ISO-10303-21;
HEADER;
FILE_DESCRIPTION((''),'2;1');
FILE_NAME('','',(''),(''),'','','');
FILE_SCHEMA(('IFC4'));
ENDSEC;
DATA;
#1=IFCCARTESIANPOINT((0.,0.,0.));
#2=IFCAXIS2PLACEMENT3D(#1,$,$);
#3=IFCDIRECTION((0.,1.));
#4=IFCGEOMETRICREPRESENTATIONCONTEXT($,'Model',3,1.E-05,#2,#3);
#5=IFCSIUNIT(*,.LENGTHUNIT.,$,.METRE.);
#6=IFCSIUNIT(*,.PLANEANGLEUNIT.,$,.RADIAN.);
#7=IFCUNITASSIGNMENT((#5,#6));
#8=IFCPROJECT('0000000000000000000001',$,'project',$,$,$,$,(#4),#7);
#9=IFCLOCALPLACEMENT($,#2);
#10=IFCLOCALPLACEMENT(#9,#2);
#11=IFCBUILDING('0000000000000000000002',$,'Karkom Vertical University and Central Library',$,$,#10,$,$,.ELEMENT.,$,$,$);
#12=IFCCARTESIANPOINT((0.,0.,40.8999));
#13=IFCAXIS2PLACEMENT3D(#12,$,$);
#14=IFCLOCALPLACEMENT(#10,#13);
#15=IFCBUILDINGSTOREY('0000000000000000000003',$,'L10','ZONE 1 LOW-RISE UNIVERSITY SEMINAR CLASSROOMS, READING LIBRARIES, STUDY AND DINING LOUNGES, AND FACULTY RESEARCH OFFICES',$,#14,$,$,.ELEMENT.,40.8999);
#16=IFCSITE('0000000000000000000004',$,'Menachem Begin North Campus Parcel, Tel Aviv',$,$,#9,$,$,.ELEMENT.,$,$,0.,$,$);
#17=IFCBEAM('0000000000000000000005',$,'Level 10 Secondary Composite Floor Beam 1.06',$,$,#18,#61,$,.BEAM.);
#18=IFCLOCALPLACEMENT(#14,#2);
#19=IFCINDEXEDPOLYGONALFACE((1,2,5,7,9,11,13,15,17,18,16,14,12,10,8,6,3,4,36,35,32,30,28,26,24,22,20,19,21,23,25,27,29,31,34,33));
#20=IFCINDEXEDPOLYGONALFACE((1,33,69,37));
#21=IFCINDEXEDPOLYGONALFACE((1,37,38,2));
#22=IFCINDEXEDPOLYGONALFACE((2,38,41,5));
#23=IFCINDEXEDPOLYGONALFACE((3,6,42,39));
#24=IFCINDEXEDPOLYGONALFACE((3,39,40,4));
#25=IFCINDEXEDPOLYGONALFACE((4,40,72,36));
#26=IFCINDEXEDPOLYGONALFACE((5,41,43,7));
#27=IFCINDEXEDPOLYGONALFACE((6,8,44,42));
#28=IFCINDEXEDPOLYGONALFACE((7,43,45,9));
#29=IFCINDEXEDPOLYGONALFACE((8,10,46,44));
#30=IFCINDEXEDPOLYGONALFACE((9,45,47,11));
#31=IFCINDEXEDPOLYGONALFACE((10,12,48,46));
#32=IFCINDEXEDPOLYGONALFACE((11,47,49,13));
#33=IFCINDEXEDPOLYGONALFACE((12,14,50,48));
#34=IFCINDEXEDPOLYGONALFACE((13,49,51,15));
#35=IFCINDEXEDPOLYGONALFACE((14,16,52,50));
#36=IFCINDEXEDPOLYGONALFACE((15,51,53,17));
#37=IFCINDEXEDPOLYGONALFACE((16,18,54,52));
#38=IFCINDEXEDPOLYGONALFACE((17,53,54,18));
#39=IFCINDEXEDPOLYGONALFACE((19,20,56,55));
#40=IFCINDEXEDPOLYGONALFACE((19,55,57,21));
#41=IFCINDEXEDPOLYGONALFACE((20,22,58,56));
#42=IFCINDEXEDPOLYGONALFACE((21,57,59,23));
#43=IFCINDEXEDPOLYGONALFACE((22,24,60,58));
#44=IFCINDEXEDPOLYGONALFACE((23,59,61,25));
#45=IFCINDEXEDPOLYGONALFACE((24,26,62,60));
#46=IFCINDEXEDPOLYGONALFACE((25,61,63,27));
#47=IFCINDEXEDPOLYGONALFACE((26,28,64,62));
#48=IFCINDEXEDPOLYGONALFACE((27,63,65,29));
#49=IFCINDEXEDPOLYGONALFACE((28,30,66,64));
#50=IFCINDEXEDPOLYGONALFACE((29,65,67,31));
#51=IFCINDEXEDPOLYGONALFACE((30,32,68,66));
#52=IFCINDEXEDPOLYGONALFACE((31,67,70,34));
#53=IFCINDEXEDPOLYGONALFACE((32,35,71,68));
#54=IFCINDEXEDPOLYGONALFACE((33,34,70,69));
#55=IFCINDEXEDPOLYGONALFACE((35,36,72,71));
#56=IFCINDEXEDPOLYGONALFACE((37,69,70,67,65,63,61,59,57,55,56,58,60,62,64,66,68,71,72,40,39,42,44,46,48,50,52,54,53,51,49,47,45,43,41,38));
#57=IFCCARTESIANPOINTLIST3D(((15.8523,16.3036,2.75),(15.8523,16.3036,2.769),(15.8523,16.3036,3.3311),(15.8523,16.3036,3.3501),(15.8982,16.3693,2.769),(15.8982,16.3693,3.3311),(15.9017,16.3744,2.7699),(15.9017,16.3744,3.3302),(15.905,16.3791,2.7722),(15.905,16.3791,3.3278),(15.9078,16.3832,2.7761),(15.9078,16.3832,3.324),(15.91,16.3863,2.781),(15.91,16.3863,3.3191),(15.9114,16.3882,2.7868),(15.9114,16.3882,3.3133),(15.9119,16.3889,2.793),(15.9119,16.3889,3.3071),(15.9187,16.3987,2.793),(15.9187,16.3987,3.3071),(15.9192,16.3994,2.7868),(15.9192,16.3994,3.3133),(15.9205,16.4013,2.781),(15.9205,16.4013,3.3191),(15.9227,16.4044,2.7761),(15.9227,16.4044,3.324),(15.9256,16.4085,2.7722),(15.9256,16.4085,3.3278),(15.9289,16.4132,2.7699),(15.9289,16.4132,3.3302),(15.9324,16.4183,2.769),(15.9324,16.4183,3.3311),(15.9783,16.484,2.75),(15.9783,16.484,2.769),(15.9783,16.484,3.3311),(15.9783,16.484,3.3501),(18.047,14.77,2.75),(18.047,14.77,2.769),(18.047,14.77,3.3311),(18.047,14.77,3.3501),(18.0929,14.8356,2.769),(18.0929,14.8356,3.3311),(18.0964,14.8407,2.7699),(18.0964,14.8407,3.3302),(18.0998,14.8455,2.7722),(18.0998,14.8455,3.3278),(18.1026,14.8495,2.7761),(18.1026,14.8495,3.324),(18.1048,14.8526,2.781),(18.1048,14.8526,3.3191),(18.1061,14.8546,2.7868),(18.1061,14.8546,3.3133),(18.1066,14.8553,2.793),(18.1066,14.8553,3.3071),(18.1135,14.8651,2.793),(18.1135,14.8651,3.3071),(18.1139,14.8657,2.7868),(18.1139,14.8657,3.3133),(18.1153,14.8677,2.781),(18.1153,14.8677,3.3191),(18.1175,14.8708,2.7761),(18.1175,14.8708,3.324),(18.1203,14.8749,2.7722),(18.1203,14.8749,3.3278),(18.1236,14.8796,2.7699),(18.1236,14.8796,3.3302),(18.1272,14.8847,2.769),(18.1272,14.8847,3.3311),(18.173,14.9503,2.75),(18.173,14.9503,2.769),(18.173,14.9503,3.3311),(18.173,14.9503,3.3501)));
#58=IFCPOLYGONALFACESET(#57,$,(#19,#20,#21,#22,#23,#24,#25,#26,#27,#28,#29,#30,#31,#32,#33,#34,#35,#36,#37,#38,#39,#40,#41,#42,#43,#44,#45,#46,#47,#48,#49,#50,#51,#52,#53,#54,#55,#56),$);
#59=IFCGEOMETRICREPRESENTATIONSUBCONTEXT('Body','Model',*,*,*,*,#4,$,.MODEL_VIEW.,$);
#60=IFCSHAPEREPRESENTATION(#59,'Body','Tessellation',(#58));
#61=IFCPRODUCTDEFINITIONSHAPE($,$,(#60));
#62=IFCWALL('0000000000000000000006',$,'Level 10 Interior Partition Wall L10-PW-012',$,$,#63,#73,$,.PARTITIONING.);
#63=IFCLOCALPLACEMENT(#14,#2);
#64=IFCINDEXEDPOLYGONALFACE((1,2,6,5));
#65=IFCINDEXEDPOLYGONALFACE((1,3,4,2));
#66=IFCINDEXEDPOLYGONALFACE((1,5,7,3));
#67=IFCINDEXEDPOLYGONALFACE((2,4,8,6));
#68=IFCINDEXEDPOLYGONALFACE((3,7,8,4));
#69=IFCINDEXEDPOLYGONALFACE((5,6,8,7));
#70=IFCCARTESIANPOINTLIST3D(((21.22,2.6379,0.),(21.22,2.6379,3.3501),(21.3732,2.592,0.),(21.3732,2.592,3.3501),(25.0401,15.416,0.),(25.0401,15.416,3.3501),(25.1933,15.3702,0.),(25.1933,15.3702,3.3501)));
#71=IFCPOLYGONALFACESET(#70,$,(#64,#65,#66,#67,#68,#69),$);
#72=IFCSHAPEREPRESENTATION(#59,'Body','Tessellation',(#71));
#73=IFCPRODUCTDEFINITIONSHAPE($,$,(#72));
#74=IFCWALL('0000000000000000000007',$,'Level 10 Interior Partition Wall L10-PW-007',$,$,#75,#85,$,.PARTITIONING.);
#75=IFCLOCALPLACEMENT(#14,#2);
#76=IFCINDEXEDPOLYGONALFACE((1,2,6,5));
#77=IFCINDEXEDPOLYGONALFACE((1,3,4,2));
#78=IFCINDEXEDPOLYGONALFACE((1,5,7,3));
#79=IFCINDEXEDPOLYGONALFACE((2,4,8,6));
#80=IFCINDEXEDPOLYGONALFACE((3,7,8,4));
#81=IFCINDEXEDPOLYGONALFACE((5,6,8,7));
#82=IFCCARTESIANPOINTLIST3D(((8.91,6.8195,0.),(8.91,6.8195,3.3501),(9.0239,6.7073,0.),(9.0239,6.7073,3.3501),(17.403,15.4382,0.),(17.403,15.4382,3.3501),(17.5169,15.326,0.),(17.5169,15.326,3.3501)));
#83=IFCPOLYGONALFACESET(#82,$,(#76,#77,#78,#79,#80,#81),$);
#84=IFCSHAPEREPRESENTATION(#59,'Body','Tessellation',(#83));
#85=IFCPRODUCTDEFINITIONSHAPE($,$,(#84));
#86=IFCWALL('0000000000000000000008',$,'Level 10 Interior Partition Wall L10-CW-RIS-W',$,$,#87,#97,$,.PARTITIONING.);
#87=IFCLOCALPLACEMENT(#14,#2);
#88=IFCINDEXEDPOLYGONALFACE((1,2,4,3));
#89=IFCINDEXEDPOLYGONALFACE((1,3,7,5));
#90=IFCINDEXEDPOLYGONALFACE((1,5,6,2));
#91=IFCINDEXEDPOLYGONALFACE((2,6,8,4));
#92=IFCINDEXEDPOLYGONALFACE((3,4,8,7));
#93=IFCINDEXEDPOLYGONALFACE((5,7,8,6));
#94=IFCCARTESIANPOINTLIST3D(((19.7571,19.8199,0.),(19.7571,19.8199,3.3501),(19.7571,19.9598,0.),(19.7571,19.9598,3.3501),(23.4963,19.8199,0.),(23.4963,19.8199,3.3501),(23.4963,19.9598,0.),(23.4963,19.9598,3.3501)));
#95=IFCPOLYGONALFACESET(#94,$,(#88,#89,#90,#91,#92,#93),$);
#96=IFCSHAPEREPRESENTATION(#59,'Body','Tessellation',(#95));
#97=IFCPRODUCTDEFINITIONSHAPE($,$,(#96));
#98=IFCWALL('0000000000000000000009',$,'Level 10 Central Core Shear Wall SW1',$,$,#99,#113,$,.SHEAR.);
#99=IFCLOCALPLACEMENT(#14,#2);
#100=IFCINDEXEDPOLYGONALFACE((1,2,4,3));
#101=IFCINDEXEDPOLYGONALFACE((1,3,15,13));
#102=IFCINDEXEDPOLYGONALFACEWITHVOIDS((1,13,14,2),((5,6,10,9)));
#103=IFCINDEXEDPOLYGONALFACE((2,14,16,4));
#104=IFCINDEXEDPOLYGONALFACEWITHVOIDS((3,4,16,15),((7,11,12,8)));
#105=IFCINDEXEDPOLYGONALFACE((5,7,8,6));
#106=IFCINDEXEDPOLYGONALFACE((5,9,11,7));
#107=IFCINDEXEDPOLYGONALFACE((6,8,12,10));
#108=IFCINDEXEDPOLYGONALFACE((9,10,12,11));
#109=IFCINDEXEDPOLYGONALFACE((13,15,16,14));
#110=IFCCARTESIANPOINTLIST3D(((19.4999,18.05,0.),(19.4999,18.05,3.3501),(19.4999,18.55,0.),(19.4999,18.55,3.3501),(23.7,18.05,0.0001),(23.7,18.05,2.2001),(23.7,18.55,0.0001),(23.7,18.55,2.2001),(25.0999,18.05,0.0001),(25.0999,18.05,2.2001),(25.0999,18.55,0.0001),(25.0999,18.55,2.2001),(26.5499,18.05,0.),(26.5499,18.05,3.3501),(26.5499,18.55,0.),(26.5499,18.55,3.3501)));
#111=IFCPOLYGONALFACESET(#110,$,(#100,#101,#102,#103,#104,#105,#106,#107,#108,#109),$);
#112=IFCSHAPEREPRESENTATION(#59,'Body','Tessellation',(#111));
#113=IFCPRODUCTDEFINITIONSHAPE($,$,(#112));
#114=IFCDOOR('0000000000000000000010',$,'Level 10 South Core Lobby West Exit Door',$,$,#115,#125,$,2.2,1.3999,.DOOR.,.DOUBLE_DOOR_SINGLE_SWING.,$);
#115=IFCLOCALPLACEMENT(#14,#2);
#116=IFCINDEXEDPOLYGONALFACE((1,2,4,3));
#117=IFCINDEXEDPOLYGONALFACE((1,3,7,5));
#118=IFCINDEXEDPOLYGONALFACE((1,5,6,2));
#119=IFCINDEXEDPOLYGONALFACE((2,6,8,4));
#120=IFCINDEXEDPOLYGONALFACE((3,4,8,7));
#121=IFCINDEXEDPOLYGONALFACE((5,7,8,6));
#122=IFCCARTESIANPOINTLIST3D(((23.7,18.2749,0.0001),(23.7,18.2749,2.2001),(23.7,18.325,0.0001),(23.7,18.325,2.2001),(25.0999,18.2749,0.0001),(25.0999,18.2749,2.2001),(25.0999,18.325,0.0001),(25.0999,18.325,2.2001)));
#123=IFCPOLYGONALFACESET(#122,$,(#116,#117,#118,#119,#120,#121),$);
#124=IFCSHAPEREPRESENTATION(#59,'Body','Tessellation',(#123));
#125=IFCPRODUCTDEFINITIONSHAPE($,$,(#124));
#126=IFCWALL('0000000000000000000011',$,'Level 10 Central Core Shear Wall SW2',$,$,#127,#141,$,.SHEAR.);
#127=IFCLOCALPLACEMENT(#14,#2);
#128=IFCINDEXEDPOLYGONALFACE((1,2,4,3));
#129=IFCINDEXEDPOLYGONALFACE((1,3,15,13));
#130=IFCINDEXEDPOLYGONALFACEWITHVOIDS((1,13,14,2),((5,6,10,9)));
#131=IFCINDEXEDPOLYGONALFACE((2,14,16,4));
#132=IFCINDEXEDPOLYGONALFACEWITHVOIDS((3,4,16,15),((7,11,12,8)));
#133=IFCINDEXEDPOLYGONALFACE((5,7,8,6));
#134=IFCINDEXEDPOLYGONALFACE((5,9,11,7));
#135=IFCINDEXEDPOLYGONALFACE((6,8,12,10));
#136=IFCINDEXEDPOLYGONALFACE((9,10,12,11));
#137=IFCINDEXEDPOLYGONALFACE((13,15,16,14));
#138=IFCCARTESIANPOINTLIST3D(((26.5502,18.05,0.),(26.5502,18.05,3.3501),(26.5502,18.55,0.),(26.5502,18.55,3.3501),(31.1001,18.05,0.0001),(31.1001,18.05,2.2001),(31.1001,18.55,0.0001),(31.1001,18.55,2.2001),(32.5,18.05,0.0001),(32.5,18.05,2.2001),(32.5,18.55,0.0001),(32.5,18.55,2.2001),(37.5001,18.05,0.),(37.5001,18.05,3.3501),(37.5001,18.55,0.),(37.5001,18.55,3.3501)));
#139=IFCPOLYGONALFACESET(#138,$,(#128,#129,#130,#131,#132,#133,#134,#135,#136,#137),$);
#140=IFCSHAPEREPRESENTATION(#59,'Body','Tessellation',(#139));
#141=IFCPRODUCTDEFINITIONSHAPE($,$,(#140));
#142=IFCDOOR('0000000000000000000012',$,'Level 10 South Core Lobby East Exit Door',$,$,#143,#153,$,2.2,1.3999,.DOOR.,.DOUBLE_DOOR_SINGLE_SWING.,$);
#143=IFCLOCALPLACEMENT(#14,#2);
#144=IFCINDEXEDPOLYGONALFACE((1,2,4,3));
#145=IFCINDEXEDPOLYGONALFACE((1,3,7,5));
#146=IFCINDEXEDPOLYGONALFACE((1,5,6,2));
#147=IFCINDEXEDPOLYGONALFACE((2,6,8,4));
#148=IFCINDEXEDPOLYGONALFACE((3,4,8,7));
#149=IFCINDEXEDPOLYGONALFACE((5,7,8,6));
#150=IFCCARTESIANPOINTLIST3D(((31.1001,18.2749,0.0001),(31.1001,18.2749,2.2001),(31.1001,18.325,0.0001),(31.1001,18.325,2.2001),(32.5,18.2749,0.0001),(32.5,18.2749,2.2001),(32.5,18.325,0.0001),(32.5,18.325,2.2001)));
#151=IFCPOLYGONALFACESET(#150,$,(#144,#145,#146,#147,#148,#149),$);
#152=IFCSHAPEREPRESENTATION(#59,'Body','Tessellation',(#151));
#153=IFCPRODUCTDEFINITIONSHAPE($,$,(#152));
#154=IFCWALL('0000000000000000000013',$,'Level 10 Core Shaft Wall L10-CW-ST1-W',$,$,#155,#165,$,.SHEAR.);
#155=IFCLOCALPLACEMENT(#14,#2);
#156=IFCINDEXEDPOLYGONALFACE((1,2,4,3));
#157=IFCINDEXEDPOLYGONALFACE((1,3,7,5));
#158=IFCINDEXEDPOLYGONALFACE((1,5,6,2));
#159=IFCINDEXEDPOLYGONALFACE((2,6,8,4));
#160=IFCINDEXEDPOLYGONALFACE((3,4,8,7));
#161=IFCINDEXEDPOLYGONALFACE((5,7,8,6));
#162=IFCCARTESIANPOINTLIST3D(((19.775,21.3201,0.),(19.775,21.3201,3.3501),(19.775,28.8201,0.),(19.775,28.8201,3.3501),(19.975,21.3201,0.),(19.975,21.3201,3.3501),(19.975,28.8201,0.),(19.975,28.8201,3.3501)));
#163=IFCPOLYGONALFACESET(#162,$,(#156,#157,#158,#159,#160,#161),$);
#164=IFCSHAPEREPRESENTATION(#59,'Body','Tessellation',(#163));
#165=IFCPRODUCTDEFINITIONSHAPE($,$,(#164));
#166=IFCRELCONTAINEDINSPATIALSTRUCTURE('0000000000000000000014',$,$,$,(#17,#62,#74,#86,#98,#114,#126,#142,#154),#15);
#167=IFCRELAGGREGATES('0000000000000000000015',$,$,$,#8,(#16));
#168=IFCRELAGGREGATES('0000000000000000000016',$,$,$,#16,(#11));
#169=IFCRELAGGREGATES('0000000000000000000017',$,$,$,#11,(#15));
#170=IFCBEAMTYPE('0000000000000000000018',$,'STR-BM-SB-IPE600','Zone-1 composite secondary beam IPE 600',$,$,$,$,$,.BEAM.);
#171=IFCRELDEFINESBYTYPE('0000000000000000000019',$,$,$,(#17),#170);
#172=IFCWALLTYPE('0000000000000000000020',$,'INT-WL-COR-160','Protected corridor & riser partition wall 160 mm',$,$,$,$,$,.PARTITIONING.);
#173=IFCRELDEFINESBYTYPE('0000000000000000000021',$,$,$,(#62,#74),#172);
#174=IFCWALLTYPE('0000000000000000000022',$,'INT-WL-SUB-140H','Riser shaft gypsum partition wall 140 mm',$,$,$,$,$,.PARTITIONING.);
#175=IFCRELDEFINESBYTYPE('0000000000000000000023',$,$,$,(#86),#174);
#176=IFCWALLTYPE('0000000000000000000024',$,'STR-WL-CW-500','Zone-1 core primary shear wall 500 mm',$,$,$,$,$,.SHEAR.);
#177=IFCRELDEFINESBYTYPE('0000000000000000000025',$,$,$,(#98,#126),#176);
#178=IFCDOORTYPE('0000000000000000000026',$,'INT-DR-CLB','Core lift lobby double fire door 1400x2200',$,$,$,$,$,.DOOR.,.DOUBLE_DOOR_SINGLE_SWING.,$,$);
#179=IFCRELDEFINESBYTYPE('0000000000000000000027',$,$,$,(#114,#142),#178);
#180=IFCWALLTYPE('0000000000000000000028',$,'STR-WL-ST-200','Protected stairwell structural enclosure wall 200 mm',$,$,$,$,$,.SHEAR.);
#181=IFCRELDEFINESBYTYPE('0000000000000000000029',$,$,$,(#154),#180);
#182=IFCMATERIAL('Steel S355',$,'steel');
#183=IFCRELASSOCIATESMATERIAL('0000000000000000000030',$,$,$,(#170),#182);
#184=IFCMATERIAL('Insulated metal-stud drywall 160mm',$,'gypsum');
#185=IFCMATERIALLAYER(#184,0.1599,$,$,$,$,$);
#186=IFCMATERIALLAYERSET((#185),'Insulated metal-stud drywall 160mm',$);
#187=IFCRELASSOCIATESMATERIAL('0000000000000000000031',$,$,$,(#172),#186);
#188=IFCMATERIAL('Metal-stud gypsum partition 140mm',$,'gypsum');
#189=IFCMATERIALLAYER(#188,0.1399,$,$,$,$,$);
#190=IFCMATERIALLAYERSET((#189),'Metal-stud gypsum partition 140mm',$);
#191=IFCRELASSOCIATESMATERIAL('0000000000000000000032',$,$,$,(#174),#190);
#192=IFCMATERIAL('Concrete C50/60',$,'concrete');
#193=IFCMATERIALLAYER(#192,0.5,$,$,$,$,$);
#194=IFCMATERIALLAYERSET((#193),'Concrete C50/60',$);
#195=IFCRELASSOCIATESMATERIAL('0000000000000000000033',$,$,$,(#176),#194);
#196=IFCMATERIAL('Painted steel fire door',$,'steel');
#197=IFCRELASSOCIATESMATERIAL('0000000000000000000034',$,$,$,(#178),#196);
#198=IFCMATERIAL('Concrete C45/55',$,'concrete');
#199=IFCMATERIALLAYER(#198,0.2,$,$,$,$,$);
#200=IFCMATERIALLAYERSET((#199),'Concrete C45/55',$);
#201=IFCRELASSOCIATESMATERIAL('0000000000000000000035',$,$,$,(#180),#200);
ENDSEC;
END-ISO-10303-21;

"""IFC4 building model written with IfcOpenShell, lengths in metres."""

from ifc_helpers import new_model, si_unit, direction, frame, frame_2d, origin, origin_with_axes, origin_2d, place, context, subcontext, project, spatial, rectangle, i_section, extrude, source, transform, mapped, material, layer, layer_set, material_profile, profile_set, type_object, element, fill, save


model = new_model("IFC4")

# Units and contexts
model_context = context("Model", 3, precision=1e-05, world=origin(), true_north=direction((0.0, 1.0)))
body_context = subcontext(model_context, "Body", "Model", "MODEL_VIEW")
ifc_project = project(units=[si_unit("LENGTHUNIT", "METRE"), si_unit("PLANEANGLEUNIT", "RADIAN")], contexts=[model_context])

# Site, building, storey
site_placement = place(None, origin())
site = spatial("IfcSite", under=ifc_project, at=site_placement, Name="Menachem Begin North Campus Parcel, Tel Aviv", CompositionType="ELEMENT", RefElevation=0.0)
building_placement = place(site_placement, origin())
building = spatial("IfcBuilding", under=site, at=building_placement, Name="Karkom Vertical University and Central Library", CompositionType="ELEMENT")
storey_placement = place(building_placement, frame((0.0, 0.0, 40.8999)))
storey = spatial("IfcBuildingStorey", under=building, at=storey_placement, Name="L10", Description="ZONE 1 LOW-RISE UNIVERSITY SEMINAR CLASSROOMS, READING LIBRARIES, STUDY AND DINING LOUNGES, AND FACULTY RESEARCH OFFICES", CompositionType="ELEMENT", Elevation=40.8999)

# Shared definitions
ifc_material_1 = material(Name="Concrete C50/60", Category="concrete")

# Beam
ifc_material_2 = material(Name="Steel S355", Category="steel")
ifc_material_profile_1 = material_profile(ifc_material_2, i_section(OverallWidth=0.22, OverallDepth=0.6001, WebThickness=0.012, FlangeThickness=0.019, FilletRadius=0.0239, at=origin_2d()), Name="IPE 600")
ifc_profile_set_1 = profile_set([ifc_material_profile_1], Name="Steel S355")
beam_type_1 = type_object("IfcBeamType", Name="STR-BM-SB-IPE600", Description="Zone-1 composite secondary beam IPE 600", PredefinedType="BEAM", material=ifc_profile_set_1)
shared_shape_1 = source(origin_with_axes(), body_context, "Body", "SweptSolid", [
    extrude(i_section(OverallWidth=0.22, OverallDepth=0.6001, WebThickness=0.012, FlangeThickness=0.019, FilletRadius=0.0239, at=origin_2d()), origin(), (0.0, 0.0, 1.0), 2.6775),
])
beam_1_placement = place(storey_placement, frame((15.9153, 16.3938, 3.05), z_axis=(0.819703, -0.572789, 0.0), x_axis=(0.572789, 0.819703, 0.0)))
element("IfcBeam", 1, at=beam_1_placement, inside=storey, type_object=beam_type_1, Name="Level 10 Secondary Composite Floor Beam 1.06", PredefinedType="BEAM", context=body_context, shape_type="MappedRepresentation", body=[
    mapped(shared_shape_1, transform((0.0, 0.0, 0.0), scale=1.0)),
])

# Walls
ifc_material_3 = material(Name="Insulated metal-stud drywall 160mm", Category="gypsum")
ifc_layer_1 = layer(ifc_material_3, 0.1599)
ifc_layer_set_1 = layer_set([ifc_layer_1], Name="Insulated metal-stud drywall 160mm")
wall_type_1 = type_object("IfcWallType", Name="INT-WL-COR-160", Description="Protected corridor & riser partition wall 160 mm", PredefinedType="PARTITIONING", material=ifc_layer_set_1)
wall_1_placement = place(storey_placement, frame((25.1167, 15.3931, 0.0), z_axis=(0.0, 0.0, 1.0), x_axis=(-0.286429, -0.958101, 0.0)))
element("IfcWall", 2, at=wall_1_placement, inside=storey, type_object=wall_type_1, Name="Level 10 Interior Partition Wall L10-PW-012", PredefinedType="PARTITIONING", context=body_context, shape_type="SweptSolid", body=[
    extrude(rectangle(XDim=13.3369, YDim=0.1599, at=frame_2d((6.6685, 0.0))), origin(), (0.0, 0.0, 1.0), 3.3501),
])
wall_2_placement = place(storey_placement, frame((17.46, 15.3821, 0.0), z_axis=(0.0, 0.0, 1.0), x_axis=(-0.701892, -0.712283, 0.0)))
element("IfcWall", 3, at=wall_2_placement, inside=storey, type_object=wall_type_1, Name="Level 10 Interior Partition Wall L10-PW-007", PredefinedType="PARTITIONING", context=body_context, shape_type="SweptSolid", body=[
    extrude(rectangle(XDim=12.1001, YDim=0.1599, at=frame_2d((6.05, 0.0))), origin(), (0.0, 0.0, 1.0), 3.3501),
])
ifc_material_4 = material(Name="Metal-stud gypsum partition 140mm", Category="gypsum")
ifc_layer_2 = layer(ifc_material_4, 0.1399)
ifc_layer_set_2 = layer_set([ifc_layer_2], Name="Metal-stud gypsum partition 140mm")
wall_type_2 = type_object("IfcWallType", Name="INT-WL-SUB-140H", Description="Riser shaft gypsum partition wall 140 mm", PredefinedType="PARTITIONING", material=ifc_layer_set_2)
wall_3_placement = place(storey_placement, frame((19.7571, 19.8899, 0.0), z_axis=(0.0, 0.0, 1.0), x_axis=(1.0, 0.0, 0.0)))
element("IfcWall", 4, at=wall_3_placement, inside=storey, type_object=wall_type_2, Name="Level 10 Interior Partition Wall L10-CW-RIS-W", PredefinedType="PARTITIONING", context=body_context, shape_type="SweptSolid", body=[
    extrude(rectangle(XDim=3.7393, YDim=0.1399, at=frame_2d((1.8696, 0.0))), origin(), (0.0, 0.0, 1.0), 3.3501),
])

# Walls, openings, doors
ifc_layer_3 = layer(ifc_material_1, 0.5)
ifc_layer_set_3 = layer_set([ifc_layer_3], Name="Concrete C50/60")
wall_type_3 = type_object("IfcWallType", Name="STR-WL-CW-500", Description="Zone-1 core primary shear wall 500 mm", PredefinedType="SHEAR", material=ifc_layer_set_3)
wall_4_placement = place(storey_placement, frame((19.5, 18.3, 0.0), z_axis=(0.0, 0.0, 1.0), x_axis=(1.0, 0.0, 0.0)))
wall_4 = element("IfcWall", 5, at=wall_4_placement, inside=storey, type_object=wall_type_3, Name="Level 10 Central Core Shear Wall SW1", PredefinedType="SHEAR", context=body_context, shape_type="SweptSolid", body=[
    extrude(rectangle(XDim=7.05, YDim=0.5, at=frame_2d((3.5249, 0.0))), origin(), (0.0, 0.0, 1.0), 3.3501),
])
opening_1_placement = place(wall_4_placement, frame((4.2, 0.0, 0.0)))
opening_1 = element("IfcOpeningElement", 6, at=opening_1_placement, cuts=wall_4, PredefinedType="OPENING", context=body_context, shape_type="SweptSolid", body=[
    extrude(rectangle(XDim=1.3999, YDim=2.2, at=frame_2d((0.7, 1.1001))), frame((0.0, 0.26, 0.0), z_axis=(0.0, -1.0, 0.0), x_axis=(1.0, 0.0, 0.0)), (0.0, 0.0, 1.0), 0.52),
])
ifc_material_5 = material(Name="Painted steel fire door", Category="steel")
door_type_1 = type_object("IfcDoorType", Name="INT-DR-CLB", Description="Core lift lobby double fire door 1400x2200", OperationType="DOUBLE_DOOR_SINGLE_SWING", PredefinedType="DOOR", material=ifc_material_5)
shared_shape_2 = source(origin_with_axes(), body_context, "Body", "SweptSolid", [
    extrude(rectangle(XDim=1.3999, YDim=2.2, at=frame_2d((0.7, 1.1001))), frame((0.0, 0.0249, 0.0), z_axis=(0.0, -1.0, 0.0), x_axis=(1.0, 0.0, 0.0)), (0.0, 0.0, 1.0), 0.05),
])
door_1_placement = place(opening_1_placement, origin())
door_1 = element("IfcDoor", 7, at=door_1_placement, inside=storey, type_object=door_type_1, Name="Level 10 South Core Lobby West Exit Door", OperationType="DOUBLE_DOOR_SINGLE_SWING", OverallHeight=2.2, OverallWidth=1.3999, PredefinedType="DOOR", context=body_context, shape_type="MappedRepresentation", body=[
    mapped(shared_shape_2, transform((0.0, 0.0, 0.0), scale=1.0)),
])
fill(opening_1, door_1)
wall_5_placement = place(storey_placement, frame((26.55, 18.3, 0.0), z_axis=(0.0, 0.0, 1.0), x_axis=(1.0, 0.0, 0.0)))
wall_5 = element("IfcWall", 8, at=wall_5_placement, inside=storey, type_object=wall_type_3, Name="Level 10 Central Core Shear Wall SW2", PredefinedType="SHEAR", context=body_context, shape_type="SweptSolid", body=[
    extrude(rectangle(XDim=10.95, YDim=0.5, at=frame_2d((5.4751, 0.0))), origin(), (0.0, 0.0, 1.0), 3.3501),
])
opening_2_placement = place(wall_5_placement, frame((4.55, 0.0, 0.0)))
opening_2 = element("IfcOpeningElement", 9, at=opening_2_placement, cuts=wall_5, PredefinedType="OPENING", context=body_context, shape_type="SweptSolid", body=[
    extrude(rectangle(XDim=1.3999, YDim=2.2, at=frame_2d((0.7, 1.1001))), frame((0.0, 0.26, 0.0), z_axis=(0.0, -1.0, 0.0), x_axis=(1.0, 0.0, 0.0)), (0.0, 0.0, 1.0), 0.52),
])
door_2_placement = place(opening_2_placement, origin())
door_2 = element("IfcDoor", 10, at=door_2_placement, inside=storey, type_object=door_type_1, Name="Level 10 South Core Lobby East Exit Door", OperationType="DOUBLE_DOOR_SINGLE_SWING", OverallHeight=2.2, OverallWidth=1.3999, PredefinedType="DOOR", context=body_context, shape_type="MappedRepresentation", body=[
    mapped(shared_shape_2, transform((0.0, 0.0, 0.0), scale=1.0)),
])
fill(opening_2, door_2)

# Shared definitions
ifc_material_6 = material(Name="Concrete C45/55", Category="concrete")
ifc_layer_4 = layer(ifc_material_6, 0.2)
ifc_layer_set_4 = layer_set([ifc_layer_4], Name="Concrete C45/55")
wall_type_4 = type_object("IfcWallType", Name="STR-WL-ST-200", Description="Protected stairwell structural enclosure wall 200 mm", PredefinedType="SHEAR", material=ifc_layer_set_4)

# Wall
wall_6_placement = place(storey_placement, frame((19.875, 21.3201, 0.0), z_axis=(0.0, 0.0, 1.0), x_axis=(0.0, 1.0, 0.0)))
element("IfcWall", 11, at=wall_6_placement, inside=storey, type_object=wall_type_4, Name="Level 10 Core Shaft Wall L10-CW-ST1-W", PredefinedType="SHEAR", context=body_context, shape_type="SweptSolid", body=[
    extrude(rectangle(XDim=7.5, YDim=0.2, at=frame_2d((3.75, 0.0))), origin(), (0.0, 0.0, 1.0), 3.3501),
])

save(model, "model.ifc")
